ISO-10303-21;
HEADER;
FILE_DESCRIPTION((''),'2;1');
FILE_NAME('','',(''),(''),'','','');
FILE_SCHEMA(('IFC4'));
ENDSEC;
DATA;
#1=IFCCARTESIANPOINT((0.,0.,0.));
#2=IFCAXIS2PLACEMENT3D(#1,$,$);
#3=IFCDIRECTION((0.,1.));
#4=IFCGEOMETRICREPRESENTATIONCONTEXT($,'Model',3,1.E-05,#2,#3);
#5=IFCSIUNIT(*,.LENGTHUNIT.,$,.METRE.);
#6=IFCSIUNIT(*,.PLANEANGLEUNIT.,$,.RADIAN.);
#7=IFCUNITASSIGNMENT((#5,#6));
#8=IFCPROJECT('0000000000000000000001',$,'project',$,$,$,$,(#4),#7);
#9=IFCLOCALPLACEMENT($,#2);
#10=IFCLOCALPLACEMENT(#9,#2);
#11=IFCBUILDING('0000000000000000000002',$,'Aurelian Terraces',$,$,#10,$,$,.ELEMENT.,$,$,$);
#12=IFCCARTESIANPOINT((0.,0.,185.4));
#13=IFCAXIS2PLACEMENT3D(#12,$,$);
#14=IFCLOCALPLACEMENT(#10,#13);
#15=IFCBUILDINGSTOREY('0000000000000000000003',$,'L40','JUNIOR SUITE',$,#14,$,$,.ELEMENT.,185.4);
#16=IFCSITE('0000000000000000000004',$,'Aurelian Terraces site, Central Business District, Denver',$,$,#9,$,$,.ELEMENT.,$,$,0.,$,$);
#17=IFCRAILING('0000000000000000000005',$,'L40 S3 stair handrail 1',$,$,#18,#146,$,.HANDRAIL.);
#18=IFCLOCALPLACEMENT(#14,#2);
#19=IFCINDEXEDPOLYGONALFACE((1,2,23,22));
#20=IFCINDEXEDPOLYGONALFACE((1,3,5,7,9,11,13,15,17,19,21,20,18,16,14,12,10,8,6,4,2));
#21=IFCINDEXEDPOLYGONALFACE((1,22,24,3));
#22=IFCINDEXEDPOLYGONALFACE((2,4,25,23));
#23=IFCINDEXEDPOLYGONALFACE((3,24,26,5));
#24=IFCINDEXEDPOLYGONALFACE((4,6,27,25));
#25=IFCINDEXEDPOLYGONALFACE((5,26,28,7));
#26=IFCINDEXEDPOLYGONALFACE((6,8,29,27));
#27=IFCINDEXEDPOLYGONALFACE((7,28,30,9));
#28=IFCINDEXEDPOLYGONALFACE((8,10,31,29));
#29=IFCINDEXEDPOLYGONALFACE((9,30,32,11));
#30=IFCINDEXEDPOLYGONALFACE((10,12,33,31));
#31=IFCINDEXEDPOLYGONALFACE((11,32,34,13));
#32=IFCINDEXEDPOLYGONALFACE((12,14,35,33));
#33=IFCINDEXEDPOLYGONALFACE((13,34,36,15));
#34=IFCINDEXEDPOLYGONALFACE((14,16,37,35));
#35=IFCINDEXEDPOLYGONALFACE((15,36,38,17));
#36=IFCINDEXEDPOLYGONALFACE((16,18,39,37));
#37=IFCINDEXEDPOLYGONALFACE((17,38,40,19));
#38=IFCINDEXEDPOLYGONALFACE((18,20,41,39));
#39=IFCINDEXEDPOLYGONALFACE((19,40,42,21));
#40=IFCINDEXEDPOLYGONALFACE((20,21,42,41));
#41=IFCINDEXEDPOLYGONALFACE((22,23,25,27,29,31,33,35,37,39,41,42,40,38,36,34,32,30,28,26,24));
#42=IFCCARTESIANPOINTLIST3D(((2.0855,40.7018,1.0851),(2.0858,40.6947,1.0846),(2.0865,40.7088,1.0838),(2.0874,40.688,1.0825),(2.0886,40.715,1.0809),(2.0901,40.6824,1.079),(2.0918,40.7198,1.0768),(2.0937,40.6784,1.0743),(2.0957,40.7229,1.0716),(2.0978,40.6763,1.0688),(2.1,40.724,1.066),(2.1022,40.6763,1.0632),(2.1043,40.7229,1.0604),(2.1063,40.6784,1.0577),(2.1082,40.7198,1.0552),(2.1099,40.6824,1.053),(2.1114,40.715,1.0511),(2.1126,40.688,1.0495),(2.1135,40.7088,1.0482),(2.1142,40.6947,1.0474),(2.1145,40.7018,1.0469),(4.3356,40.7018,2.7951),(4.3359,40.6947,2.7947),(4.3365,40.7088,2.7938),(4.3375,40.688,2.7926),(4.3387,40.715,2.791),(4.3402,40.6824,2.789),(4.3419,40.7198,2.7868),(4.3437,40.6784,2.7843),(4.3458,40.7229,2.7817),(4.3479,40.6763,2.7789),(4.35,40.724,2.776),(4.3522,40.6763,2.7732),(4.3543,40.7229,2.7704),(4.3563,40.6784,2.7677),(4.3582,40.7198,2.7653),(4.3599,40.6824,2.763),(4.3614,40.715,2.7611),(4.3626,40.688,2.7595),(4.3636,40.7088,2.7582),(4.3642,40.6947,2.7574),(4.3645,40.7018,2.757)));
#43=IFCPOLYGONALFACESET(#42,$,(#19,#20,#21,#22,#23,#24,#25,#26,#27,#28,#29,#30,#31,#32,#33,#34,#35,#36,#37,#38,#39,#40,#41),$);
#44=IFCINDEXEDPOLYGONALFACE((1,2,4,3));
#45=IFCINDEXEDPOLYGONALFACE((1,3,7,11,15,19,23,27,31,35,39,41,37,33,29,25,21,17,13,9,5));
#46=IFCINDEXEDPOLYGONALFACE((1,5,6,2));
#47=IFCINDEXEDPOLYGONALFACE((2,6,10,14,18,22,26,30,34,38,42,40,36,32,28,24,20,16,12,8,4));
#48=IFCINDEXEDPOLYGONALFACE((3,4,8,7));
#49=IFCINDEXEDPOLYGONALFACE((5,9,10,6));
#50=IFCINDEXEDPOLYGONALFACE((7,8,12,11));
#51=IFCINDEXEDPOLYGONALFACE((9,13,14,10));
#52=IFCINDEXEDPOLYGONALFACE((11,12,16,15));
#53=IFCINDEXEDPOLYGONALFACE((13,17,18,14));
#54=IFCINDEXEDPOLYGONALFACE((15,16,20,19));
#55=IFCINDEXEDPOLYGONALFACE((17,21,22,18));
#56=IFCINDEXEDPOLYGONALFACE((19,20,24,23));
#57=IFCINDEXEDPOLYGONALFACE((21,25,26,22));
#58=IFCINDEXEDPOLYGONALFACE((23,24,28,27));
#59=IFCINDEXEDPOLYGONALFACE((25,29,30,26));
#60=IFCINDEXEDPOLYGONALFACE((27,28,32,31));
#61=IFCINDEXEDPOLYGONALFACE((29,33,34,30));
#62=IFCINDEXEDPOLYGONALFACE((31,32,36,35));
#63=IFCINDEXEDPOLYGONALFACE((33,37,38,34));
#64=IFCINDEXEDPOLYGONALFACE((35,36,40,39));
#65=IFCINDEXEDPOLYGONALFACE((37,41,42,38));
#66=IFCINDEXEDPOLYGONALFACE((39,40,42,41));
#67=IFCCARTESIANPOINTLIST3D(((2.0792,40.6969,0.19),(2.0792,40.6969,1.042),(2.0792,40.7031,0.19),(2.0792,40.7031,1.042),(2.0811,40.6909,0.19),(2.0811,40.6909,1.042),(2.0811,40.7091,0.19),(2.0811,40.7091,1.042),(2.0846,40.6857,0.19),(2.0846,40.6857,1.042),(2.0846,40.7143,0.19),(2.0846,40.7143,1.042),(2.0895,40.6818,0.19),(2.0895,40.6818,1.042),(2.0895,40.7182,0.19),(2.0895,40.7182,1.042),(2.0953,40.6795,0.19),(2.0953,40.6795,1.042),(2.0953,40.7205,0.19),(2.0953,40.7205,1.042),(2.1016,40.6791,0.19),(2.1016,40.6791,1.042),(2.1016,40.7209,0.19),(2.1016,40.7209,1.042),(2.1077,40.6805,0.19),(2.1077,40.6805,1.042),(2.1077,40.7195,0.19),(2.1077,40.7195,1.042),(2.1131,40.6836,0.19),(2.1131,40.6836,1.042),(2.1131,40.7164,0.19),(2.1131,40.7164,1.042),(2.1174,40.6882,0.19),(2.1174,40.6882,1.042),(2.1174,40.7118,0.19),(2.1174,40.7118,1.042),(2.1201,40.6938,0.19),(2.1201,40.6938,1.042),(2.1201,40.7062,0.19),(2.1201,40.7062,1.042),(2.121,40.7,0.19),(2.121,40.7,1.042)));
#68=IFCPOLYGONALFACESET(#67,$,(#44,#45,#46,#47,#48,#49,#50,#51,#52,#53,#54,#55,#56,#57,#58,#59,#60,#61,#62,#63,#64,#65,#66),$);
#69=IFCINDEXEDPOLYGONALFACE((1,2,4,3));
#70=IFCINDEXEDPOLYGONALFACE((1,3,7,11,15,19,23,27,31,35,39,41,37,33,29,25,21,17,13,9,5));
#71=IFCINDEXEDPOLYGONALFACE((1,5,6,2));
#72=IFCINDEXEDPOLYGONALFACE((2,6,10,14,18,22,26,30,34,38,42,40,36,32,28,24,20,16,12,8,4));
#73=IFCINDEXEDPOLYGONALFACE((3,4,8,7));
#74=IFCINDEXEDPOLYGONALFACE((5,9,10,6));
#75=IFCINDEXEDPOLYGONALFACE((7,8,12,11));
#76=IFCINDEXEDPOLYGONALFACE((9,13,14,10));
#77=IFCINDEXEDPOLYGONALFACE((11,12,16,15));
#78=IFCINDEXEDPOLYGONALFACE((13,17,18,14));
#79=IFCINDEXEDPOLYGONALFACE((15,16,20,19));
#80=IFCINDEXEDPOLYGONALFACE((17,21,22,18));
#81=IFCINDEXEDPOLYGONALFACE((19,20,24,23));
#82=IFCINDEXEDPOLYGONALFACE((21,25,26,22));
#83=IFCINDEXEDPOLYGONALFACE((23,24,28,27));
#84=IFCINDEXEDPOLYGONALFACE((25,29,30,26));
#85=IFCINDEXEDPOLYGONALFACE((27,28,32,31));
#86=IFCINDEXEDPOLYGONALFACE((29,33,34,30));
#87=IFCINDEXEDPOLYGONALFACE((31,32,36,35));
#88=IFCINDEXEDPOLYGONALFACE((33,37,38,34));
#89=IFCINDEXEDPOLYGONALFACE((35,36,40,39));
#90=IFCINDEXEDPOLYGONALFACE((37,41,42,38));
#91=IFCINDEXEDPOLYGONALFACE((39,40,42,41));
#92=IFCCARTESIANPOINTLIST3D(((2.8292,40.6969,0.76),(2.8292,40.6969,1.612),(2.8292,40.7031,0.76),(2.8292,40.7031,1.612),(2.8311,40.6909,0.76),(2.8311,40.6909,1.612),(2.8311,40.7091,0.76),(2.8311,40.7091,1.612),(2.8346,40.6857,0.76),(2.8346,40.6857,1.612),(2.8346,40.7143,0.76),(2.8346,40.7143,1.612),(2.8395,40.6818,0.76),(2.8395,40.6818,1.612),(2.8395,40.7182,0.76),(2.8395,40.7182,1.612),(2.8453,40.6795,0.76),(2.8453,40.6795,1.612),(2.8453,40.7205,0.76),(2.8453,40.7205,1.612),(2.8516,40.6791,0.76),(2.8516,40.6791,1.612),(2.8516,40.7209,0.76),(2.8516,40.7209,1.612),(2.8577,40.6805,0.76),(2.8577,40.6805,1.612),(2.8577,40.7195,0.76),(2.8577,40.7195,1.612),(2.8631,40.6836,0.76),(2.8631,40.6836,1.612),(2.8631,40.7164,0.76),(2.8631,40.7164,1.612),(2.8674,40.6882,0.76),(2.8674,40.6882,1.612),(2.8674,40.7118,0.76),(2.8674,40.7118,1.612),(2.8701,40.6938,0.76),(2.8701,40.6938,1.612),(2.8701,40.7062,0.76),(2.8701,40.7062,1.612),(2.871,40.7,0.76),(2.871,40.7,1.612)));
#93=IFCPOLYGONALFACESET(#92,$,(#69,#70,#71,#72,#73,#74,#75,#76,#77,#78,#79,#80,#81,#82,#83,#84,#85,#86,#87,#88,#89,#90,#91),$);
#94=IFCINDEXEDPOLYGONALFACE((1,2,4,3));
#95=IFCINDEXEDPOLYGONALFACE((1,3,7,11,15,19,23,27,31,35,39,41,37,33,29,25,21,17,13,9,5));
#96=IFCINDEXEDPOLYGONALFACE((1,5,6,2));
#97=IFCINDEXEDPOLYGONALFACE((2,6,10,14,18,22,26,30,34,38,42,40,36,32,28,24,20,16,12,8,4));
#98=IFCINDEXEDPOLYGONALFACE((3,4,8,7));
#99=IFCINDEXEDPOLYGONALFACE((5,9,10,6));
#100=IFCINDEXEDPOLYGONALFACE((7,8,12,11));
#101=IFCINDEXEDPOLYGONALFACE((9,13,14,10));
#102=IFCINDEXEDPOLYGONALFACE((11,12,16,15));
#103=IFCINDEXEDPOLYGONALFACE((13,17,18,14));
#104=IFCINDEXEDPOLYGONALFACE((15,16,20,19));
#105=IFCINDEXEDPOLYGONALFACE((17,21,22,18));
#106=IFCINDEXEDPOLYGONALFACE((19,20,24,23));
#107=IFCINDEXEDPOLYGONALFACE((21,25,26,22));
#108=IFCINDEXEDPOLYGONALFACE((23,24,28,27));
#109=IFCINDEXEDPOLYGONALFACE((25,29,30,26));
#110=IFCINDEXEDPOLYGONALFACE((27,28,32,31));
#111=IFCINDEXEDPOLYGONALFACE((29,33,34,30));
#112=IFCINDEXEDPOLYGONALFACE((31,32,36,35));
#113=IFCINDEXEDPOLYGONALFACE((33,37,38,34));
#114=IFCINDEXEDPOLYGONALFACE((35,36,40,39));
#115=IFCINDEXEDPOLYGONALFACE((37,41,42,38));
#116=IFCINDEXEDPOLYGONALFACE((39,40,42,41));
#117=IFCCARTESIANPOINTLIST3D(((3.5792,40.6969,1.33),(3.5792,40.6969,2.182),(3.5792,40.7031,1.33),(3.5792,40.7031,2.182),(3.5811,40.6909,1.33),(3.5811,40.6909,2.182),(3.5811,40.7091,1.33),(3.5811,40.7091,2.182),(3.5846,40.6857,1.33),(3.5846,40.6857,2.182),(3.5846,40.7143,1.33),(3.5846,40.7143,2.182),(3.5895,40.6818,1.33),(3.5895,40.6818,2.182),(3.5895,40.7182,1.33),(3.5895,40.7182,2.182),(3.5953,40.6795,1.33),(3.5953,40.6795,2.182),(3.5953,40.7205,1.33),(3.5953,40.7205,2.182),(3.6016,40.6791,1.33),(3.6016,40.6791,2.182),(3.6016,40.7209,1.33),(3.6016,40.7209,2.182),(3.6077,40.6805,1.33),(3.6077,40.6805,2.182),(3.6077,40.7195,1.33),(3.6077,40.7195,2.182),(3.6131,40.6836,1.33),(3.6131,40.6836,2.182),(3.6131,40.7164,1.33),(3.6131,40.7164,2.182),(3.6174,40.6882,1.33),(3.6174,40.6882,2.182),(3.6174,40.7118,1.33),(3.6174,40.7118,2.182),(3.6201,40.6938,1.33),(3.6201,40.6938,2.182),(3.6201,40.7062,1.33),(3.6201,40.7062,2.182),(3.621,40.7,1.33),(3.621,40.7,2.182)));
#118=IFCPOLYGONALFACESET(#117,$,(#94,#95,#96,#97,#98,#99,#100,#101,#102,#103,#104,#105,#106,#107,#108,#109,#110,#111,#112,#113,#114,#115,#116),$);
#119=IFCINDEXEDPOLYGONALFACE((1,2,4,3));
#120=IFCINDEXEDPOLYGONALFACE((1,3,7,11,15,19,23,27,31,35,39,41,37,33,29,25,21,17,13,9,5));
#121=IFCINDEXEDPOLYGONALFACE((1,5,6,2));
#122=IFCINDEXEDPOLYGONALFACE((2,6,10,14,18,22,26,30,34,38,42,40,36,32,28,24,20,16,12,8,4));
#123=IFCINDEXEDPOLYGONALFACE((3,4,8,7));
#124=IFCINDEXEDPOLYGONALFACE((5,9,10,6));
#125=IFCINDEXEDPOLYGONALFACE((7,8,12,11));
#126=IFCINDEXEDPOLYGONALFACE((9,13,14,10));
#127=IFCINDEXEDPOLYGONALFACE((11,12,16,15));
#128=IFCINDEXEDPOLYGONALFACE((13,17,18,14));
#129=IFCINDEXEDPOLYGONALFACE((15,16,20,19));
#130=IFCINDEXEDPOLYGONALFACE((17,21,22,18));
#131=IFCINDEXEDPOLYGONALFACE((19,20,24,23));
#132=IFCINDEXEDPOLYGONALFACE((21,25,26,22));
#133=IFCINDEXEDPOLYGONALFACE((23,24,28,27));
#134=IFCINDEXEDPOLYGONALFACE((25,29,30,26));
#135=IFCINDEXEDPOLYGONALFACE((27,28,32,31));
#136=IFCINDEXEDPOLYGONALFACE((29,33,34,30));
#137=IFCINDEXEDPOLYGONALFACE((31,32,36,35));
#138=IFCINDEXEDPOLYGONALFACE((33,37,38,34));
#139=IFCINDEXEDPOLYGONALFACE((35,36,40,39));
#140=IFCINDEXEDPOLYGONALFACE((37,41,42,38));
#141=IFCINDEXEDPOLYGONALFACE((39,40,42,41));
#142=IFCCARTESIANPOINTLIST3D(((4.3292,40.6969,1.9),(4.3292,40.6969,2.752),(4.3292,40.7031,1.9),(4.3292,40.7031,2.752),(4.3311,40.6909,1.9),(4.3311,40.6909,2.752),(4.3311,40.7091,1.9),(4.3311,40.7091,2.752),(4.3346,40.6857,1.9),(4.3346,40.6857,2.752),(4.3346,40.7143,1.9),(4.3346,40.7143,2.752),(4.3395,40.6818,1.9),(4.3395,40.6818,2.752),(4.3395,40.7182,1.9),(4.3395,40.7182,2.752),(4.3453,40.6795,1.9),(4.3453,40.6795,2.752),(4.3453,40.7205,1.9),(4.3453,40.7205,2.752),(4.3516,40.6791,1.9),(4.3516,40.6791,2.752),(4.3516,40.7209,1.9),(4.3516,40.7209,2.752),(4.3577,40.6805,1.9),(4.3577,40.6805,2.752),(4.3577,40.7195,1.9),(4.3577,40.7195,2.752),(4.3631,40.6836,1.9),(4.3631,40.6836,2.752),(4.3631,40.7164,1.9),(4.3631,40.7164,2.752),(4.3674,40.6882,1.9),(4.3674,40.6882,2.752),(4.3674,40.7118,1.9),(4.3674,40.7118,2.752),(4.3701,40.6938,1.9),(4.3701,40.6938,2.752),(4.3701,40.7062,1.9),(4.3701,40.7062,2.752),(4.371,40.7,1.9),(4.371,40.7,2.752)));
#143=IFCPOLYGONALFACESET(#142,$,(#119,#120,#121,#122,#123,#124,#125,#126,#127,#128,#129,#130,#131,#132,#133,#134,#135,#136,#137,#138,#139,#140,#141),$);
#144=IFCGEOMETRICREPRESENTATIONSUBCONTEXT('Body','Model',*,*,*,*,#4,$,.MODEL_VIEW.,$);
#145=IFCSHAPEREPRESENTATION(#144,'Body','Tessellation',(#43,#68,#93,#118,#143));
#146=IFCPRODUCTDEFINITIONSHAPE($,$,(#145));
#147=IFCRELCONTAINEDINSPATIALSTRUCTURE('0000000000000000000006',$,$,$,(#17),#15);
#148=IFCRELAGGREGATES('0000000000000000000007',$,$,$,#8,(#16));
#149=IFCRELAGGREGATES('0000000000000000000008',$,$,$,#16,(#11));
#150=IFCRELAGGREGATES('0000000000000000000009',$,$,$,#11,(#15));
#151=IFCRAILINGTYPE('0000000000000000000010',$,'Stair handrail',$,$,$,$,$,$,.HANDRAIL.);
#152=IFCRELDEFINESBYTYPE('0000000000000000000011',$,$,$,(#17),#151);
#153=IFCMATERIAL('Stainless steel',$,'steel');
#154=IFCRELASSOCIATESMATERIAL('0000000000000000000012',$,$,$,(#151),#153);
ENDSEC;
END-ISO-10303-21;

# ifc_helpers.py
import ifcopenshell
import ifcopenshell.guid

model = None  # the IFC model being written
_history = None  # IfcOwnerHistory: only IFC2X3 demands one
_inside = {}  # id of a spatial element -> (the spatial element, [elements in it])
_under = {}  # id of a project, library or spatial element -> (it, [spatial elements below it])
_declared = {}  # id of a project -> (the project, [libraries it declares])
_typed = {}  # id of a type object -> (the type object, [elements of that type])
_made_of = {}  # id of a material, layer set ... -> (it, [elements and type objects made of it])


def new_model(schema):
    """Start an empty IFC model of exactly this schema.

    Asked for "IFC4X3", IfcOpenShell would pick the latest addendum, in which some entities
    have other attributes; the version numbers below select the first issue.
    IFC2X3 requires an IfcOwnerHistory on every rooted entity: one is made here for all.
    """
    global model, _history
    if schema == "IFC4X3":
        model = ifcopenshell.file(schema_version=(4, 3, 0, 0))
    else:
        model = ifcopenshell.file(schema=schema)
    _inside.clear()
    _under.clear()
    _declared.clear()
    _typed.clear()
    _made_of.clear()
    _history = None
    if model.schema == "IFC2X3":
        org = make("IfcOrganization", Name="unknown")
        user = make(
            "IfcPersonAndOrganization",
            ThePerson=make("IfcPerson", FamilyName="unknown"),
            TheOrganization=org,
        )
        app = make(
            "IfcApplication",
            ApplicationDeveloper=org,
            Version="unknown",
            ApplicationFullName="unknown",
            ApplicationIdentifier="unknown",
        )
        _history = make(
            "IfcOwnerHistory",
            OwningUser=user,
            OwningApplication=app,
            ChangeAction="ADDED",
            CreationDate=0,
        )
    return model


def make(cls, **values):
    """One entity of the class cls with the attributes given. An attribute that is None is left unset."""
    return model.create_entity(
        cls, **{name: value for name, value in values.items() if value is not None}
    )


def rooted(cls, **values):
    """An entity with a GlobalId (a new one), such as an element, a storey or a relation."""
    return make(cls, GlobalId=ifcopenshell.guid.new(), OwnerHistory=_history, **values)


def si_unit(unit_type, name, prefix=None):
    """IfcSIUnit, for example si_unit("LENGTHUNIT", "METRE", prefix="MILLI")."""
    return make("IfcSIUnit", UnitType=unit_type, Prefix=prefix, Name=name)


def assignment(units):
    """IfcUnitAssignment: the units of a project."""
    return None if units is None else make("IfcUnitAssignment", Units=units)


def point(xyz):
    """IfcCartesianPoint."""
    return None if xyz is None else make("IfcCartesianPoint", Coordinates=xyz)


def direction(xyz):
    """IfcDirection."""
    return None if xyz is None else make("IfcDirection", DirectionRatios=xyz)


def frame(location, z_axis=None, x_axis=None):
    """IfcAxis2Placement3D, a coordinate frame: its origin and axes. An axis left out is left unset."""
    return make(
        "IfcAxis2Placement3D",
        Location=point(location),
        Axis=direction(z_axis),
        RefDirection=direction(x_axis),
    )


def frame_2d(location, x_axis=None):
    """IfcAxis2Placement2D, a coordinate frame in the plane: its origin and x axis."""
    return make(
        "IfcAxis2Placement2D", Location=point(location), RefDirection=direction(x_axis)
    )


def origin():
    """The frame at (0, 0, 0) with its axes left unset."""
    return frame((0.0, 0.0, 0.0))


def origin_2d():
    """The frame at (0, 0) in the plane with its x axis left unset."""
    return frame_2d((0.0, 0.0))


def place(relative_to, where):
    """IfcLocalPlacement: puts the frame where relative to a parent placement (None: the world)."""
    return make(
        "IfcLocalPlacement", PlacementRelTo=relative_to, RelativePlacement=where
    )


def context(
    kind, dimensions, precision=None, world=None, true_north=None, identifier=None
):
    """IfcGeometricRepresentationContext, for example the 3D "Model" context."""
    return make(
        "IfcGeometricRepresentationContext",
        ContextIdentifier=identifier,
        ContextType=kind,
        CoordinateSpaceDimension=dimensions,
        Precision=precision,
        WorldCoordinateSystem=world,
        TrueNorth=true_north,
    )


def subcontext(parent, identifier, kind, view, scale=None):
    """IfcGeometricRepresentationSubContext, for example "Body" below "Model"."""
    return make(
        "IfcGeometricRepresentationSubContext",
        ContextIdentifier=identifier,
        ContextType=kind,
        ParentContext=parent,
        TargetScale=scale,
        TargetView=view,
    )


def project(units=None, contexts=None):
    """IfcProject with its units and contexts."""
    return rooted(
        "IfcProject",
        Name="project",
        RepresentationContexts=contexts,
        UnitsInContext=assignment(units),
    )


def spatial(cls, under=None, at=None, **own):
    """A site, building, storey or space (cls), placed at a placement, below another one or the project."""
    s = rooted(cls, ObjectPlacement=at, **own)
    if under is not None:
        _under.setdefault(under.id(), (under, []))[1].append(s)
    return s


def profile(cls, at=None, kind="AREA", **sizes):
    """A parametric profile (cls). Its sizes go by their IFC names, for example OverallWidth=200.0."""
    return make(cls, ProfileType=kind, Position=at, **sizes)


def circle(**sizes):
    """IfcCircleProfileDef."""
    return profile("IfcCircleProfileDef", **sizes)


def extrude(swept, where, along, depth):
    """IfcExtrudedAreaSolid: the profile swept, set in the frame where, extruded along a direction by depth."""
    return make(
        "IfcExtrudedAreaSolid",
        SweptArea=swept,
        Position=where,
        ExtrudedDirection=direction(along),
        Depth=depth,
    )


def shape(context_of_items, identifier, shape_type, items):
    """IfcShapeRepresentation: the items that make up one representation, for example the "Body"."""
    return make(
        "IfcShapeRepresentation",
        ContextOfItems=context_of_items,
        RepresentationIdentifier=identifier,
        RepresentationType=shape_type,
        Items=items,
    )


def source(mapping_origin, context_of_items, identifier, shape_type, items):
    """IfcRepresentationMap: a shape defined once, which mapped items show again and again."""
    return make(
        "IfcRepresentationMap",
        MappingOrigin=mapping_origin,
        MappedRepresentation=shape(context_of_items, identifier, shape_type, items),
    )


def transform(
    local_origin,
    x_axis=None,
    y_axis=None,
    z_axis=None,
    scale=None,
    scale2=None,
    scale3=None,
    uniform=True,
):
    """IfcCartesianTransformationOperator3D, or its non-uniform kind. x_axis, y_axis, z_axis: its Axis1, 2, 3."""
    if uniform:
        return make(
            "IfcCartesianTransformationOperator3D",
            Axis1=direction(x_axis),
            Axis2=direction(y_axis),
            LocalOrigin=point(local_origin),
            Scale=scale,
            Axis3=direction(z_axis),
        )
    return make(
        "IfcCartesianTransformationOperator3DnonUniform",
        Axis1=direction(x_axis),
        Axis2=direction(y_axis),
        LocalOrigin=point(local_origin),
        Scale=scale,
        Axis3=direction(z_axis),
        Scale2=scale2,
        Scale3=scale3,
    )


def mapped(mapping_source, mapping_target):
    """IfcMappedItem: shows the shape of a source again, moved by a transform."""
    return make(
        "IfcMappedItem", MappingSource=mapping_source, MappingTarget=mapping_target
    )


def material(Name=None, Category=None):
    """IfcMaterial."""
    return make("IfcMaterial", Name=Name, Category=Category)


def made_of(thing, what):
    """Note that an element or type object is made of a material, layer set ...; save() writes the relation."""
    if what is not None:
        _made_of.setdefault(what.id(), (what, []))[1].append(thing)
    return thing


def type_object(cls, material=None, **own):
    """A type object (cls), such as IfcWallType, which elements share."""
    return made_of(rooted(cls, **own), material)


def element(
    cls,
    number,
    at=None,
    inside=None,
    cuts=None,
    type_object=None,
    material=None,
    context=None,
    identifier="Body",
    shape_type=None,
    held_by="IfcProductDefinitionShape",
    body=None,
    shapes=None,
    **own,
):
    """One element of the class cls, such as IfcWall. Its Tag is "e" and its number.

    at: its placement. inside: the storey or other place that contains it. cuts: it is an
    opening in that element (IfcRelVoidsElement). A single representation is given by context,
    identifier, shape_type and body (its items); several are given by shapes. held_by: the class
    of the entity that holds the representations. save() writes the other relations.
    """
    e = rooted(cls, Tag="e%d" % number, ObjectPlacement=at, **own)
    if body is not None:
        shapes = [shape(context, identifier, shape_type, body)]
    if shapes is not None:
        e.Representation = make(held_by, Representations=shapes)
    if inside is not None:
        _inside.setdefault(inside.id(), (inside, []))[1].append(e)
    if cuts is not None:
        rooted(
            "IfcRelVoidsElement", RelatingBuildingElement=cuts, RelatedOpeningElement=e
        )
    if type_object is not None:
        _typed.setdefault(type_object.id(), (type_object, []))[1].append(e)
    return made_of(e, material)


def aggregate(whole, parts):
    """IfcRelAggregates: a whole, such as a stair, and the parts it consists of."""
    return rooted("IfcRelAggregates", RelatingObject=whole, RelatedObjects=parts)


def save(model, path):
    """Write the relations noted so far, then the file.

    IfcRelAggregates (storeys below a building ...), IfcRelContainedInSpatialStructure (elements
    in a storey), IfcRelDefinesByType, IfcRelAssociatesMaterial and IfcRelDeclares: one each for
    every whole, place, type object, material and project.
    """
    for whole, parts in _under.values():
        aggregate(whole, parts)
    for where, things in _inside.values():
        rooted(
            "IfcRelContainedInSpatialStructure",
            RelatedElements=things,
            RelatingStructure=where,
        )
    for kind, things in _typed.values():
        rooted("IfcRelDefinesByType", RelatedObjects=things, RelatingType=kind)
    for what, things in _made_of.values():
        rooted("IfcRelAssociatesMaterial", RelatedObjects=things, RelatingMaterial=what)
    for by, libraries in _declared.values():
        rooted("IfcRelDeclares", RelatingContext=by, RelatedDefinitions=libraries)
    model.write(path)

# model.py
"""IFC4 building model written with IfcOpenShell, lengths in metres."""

from ifc_helpers import new_model, si_unit, direction, frame, origin, origin_2d, place, context, subcontext, project, spatial, circle, extrude, source, transform, mapped, material, type_object, element, save


model = new_model("IFC4")

# Units and contexts
model_context = context("Model", 3, precision=1e-05, world=origin(), true_north=direction((0.0, 1.0)))
body_context = subcontext(model_context, "Body", "Model", "MODEL_VIEW")
ifc_project = project(units=[si_unit("LENGTHUNIT", "METRE"), si_unit("PLANEANGLEUNIT", "RADIAN")], contexts=[model_context])

# Site, building, storey
site_placement = place(None, origin())
site = spatial("IfcSite", under=ifc_project, at=site_placement, Name="Aurelian Terraces site, Central Business District, Denver", CompositionType="ELEMENT", RefElevation=0.0)
building_placement = place(site_placement, origin())
building = spatial("IfcBuilding", under=site, at=building_placement, Name="Aurelian Terraces", CompositionType="ELEMENT")
storey_placement = place(building_placement, frame((0.0, 0.0, 185.4)))
storey = spatial("IfcBuildingStorey", under=building, at=storey_placement, Name="L40", Description="JUNIOR SUITE", CompositionType="ELEMENT", Elevation=185.4)

# Railing
ifc_material_1 = material(Name="Stainless steel", Category="steel")
railing_type = type_object("IfcRailingType", Name="Stair handrail", PredefinedType="HANDRAIL", material=ifc_material_1)
shared_shape_1 = source(origin(), body_context, "Body", "SweptSolid", [
    extrude(circle(Radius=0.024, at=origin_2d()), frame((0.0, 0.0, 0.876), z_axis=(0.796162, 0.0, 0.605083), x_axis=(0.0, 1.0, 0.0)), (0.0, 0.0, 1.0), 2.8261),
    extrude(circle(Radius=0.021, at=origin_2d()), origin(), (0.0, 0.0, 1.0), 0.852),
    extrude(circle(Radius=0.021, at=origin_2d()), frame((0.75, 0.0, 0.57)), (0.0, 0.0, 1.0), 0.852),
    extrude(circle(Radius=0.021, at=origin_2d()), frame((1.5, 0.0, 1.14)), (0.0, 0.0, 1.0), 0.852),
    extrude(circle(Radius=0.021, at=origin_2d()), frame((2.25, 0.0, 1.71)), (0.0, 0.0, 1.0), 0.852),
])
railing_placement = place(storey_placement, frame((2.1, 40.7, 0.19)))
element("IfcRailing", 1, at=railing_placement, inside=storey, type_object=railing_type, Name="L40 S3 stair handrail 1", PredefinedType="HANDRAIL", context=body_context, shape_type="MappedRepresentation", body=[
    mapped(shared_shape_1, transform((0.0, 0.0, 0.0), scale=1.0)),
])

save(model, "model.ifc")
